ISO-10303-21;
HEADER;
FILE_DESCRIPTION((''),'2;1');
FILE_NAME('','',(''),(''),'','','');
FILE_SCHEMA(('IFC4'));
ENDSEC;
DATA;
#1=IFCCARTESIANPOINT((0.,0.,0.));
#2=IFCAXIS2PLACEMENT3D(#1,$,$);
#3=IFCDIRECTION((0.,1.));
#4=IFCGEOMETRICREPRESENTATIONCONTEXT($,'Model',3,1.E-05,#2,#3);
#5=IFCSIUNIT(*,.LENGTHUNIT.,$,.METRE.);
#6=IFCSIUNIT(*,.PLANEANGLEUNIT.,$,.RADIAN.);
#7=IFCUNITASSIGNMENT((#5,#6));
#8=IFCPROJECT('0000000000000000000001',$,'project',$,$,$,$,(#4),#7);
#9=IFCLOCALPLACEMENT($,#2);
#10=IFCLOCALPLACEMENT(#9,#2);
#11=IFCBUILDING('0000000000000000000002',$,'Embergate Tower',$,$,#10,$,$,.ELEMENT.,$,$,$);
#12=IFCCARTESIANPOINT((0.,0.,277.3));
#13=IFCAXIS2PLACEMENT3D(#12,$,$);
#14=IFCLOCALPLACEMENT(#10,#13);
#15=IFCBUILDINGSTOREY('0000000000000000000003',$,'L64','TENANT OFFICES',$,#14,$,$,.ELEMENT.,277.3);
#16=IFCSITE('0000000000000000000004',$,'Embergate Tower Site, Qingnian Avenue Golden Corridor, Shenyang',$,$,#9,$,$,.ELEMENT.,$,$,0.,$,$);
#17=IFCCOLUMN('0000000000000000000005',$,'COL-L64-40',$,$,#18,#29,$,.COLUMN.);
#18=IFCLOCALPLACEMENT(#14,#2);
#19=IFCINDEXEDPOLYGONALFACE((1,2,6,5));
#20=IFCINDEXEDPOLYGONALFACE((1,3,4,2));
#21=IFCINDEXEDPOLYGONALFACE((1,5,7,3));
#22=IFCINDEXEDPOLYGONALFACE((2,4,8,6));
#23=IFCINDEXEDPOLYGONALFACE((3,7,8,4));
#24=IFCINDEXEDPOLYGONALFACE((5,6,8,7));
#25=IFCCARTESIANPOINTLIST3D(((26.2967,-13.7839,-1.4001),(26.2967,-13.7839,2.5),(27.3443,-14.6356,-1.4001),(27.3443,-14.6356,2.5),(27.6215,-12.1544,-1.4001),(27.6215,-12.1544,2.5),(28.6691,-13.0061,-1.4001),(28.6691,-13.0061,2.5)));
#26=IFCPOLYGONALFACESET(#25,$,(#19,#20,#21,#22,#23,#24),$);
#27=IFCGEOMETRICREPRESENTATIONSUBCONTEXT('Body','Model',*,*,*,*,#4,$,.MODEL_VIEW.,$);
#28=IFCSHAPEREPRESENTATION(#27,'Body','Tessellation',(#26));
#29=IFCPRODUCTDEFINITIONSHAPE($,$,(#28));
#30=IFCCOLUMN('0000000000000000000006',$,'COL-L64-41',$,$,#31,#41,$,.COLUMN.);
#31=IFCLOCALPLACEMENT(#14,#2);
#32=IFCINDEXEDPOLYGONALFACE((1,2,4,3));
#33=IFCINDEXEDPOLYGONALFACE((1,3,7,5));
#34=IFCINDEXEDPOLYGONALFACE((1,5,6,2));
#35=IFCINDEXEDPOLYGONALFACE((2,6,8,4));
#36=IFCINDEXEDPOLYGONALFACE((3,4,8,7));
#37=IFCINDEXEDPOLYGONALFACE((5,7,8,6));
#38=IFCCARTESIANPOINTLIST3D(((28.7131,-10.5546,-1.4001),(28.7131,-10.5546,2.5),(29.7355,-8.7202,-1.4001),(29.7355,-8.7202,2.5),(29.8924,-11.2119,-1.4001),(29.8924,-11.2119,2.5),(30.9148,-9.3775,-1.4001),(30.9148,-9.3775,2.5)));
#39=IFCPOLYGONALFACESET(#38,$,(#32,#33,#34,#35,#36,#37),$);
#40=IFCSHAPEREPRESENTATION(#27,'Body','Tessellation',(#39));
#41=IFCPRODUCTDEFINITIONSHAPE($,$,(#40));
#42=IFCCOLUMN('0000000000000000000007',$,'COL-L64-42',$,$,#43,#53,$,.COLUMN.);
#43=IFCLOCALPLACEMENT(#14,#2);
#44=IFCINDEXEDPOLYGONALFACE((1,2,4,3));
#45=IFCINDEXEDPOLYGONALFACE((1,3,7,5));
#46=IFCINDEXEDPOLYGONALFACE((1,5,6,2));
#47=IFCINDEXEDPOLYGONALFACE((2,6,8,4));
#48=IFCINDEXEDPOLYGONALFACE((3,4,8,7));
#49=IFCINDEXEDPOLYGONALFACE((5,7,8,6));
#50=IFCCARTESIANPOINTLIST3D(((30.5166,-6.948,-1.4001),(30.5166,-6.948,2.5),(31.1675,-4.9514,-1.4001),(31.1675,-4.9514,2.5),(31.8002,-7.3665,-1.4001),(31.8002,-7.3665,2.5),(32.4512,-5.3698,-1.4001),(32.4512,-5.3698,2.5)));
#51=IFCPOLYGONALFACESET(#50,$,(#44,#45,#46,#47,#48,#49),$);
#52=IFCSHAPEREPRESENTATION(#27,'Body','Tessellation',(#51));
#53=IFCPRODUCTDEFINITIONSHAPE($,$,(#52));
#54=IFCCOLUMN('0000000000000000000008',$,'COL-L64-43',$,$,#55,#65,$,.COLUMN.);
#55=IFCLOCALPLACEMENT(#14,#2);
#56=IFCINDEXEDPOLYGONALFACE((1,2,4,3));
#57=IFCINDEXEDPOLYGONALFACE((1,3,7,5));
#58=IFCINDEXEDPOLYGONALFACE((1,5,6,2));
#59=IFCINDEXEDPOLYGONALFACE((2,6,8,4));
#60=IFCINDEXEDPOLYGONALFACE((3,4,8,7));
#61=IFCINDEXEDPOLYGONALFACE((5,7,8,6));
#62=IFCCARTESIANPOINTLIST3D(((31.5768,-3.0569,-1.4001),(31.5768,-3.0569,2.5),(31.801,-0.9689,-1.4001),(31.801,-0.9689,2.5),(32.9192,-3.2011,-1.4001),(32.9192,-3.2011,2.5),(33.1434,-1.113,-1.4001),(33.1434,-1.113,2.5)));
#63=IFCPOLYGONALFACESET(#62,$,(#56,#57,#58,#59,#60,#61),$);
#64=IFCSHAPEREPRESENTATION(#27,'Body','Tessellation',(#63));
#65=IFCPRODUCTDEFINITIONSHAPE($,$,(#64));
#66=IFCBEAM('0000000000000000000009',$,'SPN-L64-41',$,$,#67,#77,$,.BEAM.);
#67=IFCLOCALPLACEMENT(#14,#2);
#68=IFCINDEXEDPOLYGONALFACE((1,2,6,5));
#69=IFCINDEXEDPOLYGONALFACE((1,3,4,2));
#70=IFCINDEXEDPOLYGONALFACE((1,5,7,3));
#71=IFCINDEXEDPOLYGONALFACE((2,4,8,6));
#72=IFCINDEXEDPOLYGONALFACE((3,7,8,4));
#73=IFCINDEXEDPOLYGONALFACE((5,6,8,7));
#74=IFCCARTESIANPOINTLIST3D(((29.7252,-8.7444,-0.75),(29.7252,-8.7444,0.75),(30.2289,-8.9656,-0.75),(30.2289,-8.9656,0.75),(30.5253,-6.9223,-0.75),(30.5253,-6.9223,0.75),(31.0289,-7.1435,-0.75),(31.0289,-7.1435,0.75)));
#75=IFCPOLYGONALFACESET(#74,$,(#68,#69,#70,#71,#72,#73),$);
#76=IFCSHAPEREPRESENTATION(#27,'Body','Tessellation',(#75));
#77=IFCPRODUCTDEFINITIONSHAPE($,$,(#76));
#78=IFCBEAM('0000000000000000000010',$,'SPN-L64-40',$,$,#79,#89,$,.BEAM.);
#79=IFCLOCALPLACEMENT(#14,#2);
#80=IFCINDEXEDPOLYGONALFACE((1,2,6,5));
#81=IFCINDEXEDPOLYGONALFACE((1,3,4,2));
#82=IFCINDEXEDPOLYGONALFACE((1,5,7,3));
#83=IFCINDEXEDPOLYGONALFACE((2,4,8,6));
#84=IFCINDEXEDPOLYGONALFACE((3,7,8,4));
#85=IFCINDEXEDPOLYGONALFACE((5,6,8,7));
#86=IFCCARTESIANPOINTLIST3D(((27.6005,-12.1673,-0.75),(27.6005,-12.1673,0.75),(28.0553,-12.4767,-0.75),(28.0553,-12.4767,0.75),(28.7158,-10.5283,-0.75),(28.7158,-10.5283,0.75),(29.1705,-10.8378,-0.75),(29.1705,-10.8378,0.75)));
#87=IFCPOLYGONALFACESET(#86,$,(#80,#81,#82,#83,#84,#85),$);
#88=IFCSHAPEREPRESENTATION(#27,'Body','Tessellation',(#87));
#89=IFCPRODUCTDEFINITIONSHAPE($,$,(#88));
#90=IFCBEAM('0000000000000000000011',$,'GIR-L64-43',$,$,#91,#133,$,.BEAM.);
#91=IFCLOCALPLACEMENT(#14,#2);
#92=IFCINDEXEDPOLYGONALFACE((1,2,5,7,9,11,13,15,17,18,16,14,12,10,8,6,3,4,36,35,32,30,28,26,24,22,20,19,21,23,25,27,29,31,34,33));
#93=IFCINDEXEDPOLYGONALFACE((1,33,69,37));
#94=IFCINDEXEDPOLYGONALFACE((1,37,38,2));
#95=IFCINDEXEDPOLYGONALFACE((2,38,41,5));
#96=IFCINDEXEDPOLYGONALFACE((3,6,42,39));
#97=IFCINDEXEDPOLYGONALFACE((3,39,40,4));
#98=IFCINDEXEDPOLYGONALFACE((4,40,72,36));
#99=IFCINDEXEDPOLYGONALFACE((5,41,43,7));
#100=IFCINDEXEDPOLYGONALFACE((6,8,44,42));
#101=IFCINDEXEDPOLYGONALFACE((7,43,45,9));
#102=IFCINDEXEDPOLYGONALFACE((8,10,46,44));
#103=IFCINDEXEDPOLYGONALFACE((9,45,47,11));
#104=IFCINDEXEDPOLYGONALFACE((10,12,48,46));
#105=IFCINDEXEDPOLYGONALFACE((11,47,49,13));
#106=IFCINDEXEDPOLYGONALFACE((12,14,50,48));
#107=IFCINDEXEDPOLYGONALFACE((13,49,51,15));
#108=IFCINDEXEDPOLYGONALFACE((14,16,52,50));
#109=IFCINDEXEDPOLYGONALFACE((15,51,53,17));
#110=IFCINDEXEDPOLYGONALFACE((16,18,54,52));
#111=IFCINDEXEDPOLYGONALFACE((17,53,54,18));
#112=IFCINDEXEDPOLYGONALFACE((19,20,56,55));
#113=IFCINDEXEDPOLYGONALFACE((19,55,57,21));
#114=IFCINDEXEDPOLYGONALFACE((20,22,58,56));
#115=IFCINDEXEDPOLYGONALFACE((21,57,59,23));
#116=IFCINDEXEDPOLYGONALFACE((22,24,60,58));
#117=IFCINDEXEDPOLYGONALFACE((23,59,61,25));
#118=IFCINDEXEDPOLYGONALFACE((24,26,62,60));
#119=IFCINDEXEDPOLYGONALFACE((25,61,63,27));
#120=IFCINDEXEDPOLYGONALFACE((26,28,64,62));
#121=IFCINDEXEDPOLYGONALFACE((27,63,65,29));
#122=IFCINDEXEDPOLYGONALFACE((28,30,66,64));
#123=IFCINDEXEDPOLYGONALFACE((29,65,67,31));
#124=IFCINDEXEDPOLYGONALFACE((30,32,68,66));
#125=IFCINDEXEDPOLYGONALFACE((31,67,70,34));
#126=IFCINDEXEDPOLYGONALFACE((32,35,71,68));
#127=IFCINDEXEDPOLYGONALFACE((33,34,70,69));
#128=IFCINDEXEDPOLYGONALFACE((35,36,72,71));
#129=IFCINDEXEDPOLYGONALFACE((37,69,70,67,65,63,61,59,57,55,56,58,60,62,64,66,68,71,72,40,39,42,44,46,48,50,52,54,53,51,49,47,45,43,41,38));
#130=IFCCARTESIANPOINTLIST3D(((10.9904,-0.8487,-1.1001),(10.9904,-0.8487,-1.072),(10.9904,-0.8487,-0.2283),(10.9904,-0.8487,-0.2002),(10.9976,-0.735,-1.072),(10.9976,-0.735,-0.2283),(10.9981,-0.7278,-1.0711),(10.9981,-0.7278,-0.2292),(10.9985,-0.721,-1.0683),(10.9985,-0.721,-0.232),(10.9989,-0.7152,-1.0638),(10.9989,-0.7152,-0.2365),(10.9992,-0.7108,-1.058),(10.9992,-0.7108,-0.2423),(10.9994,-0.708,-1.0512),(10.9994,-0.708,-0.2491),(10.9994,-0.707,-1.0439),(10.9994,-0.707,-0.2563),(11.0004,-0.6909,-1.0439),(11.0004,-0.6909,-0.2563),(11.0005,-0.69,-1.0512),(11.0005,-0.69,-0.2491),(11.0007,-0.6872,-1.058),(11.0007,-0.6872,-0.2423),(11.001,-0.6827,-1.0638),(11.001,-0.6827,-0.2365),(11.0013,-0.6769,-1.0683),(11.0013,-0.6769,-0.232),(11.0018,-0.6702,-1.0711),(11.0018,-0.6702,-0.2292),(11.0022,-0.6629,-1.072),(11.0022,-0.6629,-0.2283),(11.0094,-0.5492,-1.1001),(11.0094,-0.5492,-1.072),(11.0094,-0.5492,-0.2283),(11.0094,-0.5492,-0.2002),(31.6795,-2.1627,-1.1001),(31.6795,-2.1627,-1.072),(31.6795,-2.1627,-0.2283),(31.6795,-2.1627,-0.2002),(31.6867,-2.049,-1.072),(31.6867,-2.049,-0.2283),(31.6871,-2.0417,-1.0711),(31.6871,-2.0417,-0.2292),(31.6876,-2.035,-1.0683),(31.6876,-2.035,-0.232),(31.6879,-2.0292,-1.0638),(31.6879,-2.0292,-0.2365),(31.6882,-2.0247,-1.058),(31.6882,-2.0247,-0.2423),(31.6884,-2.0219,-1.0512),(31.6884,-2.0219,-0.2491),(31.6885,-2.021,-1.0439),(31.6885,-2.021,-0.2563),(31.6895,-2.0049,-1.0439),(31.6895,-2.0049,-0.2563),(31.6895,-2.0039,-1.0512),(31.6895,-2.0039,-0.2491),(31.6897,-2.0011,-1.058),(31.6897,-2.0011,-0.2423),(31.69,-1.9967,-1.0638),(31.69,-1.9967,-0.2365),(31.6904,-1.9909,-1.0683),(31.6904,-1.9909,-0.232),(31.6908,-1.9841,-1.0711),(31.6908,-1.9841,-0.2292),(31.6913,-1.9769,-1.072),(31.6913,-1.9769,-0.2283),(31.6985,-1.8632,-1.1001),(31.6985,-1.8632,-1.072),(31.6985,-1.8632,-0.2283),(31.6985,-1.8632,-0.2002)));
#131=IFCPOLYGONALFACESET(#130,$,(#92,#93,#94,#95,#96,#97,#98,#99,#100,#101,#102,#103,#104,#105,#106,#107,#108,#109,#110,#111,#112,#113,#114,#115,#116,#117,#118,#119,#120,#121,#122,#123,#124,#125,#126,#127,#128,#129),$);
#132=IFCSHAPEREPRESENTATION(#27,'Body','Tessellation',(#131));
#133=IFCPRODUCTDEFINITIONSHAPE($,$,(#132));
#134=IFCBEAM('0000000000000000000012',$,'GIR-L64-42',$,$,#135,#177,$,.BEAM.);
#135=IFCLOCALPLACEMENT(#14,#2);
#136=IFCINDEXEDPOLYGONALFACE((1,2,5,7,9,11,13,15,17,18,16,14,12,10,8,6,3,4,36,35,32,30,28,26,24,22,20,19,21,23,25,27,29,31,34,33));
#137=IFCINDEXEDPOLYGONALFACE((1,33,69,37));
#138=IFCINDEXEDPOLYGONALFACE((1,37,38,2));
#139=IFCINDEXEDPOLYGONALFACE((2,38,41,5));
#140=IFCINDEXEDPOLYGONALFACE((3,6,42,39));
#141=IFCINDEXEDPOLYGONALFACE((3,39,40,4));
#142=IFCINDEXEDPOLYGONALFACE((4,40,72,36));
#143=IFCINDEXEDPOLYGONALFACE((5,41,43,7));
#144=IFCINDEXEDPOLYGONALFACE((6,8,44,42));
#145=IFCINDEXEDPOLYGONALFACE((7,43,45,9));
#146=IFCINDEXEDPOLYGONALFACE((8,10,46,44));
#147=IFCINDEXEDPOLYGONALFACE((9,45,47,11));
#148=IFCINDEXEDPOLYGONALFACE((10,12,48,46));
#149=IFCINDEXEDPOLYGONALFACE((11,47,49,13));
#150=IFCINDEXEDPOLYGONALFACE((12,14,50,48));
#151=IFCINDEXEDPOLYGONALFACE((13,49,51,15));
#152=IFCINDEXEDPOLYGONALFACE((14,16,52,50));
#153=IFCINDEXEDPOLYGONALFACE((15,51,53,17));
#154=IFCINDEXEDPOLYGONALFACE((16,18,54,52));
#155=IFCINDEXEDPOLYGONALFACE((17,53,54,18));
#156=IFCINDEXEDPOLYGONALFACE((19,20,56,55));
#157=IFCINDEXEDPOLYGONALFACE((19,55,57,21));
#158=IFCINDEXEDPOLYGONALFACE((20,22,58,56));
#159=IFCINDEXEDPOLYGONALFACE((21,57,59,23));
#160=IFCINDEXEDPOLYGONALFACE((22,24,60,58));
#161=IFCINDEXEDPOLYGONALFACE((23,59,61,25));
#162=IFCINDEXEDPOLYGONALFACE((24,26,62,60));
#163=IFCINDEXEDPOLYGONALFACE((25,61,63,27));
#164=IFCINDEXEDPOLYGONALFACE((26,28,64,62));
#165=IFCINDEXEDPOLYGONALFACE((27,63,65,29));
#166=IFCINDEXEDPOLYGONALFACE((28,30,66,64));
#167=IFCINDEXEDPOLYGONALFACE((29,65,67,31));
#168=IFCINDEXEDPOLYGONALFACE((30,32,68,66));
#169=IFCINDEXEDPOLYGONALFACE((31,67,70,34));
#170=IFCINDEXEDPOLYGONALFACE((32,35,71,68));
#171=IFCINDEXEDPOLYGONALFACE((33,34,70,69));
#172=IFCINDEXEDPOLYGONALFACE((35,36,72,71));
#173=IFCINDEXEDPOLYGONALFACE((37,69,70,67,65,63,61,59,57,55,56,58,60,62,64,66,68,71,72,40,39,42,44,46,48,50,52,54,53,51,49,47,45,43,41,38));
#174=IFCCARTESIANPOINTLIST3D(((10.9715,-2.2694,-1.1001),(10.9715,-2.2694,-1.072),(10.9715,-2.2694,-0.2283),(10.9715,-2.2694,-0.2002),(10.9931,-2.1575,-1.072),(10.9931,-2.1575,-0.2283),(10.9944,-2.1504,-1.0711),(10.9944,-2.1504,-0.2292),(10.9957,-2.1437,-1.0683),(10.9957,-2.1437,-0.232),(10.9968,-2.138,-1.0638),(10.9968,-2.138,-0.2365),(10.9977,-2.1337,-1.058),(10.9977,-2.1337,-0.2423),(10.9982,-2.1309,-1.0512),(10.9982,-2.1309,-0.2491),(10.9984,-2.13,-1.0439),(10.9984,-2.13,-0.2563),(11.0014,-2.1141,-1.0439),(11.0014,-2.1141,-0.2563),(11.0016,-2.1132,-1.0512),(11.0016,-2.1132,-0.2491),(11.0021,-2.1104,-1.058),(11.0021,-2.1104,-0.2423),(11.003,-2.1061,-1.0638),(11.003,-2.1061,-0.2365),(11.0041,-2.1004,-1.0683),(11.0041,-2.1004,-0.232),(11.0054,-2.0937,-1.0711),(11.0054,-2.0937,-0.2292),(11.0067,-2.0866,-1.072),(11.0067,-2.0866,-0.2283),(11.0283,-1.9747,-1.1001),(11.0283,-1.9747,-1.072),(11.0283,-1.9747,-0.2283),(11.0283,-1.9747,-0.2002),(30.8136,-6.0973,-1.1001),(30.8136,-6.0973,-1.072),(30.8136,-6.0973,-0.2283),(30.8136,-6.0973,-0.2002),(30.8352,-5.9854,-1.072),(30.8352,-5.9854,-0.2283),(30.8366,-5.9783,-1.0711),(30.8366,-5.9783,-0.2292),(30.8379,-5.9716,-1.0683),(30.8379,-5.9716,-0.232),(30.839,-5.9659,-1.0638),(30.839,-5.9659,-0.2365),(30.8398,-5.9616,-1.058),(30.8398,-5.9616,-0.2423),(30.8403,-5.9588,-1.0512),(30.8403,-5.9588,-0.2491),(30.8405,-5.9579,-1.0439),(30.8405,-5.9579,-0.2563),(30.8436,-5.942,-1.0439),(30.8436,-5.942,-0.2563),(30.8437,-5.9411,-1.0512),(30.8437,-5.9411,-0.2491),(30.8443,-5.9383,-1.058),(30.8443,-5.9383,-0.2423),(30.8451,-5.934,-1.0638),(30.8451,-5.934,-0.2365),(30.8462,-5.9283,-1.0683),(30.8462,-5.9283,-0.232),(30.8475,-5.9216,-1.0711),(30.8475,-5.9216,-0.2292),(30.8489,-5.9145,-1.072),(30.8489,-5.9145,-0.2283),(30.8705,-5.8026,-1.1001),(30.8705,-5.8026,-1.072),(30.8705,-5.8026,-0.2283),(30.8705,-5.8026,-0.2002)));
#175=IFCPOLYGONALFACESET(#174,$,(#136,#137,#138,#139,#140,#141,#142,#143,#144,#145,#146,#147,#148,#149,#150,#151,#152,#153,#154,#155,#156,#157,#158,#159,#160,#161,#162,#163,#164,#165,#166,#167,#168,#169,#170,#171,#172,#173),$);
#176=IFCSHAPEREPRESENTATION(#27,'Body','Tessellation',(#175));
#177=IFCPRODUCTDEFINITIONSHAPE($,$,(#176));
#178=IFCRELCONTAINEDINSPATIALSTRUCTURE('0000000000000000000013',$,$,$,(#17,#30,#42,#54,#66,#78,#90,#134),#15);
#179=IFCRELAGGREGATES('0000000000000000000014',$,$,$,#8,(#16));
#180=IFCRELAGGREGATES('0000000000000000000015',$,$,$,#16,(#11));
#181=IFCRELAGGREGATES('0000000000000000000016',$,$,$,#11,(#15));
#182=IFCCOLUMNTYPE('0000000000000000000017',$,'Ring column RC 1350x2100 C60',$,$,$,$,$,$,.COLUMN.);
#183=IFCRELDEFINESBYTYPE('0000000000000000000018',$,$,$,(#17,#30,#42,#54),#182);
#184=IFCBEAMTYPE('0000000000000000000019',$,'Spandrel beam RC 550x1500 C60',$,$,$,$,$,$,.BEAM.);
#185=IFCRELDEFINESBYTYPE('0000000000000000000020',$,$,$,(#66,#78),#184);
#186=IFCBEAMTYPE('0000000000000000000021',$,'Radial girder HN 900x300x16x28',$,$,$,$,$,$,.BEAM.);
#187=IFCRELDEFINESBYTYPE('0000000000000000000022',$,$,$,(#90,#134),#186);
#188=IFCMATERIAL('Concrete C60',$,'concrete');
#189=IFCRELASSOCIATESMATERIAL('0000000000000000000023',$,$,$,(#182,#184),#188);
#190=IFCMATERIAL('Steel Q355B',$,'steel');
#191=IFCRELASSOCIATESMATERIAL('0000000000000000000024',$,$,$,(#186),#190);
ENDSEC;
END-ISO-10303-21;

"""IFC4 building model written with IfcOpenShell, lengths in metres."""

from ifc_helpers import new_model, si_unit, direction, frame, origin, origin_2d, place, context, subcontext, project, spatial, rectangle, i_section, extrude, source, transform, mapped, material, material_profile, profile_set, type_object, element, save


model = new_model("IFC4")

# Units and contexts
model_context = context("Model", 3, precision=1e-05, world=origin(), true_north=direction((0.0, 1.0)))
body_context = subcontext(model_context, "Body", "Model", "MODEL_VIEW")
ifc_project = project(units=[si_unit("LENGTHUNIT", "METRE"), si_unit("PLANEANGLEUNIT", "RADIAN")], contexts=[model_context])

# Site, building, storey
site_placement = place(None, origin())
site = spatial("IfcSite", under=ifc_project, at=site_placement, Name="Embergate Tower Site, Qingnian Avenue Golden Corridor, Shenyang", CompositionType="ELEMENT", RefElevation=0.0)
building_placement = place(site_placement, origin())
building = spatial("IfcBuilding", under=site, at=building_placement, Name="Embergate Tower", CompositionType="ELEMENT")
storey_placement = place(building_placement, frame((0.0, 0.0, 277.3)))
storey = spatial("IfcBuildingStorey", under=building, at=storey_placement, Name="L64", Description="TENANT OFFICES", CompositionType="ELEMENT", Elevation=277.3)

# Columns
ifc_material_1 = material(Name="Concrete C60", Category="concrete")
ifc_material_profile_1 = material_profile(ifc_material_1, rectangle(XDim=1.3501, YDim=2.1001, at=origin_2d()), Name="RC 1350x2100")
ifc_profile_set_1 = profile_set([ifc_material_profile_1], Name="Concrete C60")
column_type = type_object("IfcColumnType", Name="Ring column RC 1350x2100 C60", PredefinedType="COLUMN", material=ifc_profile_set_1)
shared_shape_1 = source(origin(), body_context, "Body", "SweptSolid", [
    extrude(rectangle(XDim=1.3501, YDim=2.1001, at=origin_2d()), origin(), (0.0, 0.0, 1.0), 3.9001),
])
for number, where, z_axis, x_axis, name in (
    (1, (27.4829, -13.395, -1.4001), (0.0, 0.0, 1.0), (0.775914, -0.630838, 0.0), "COL-L64-40"),
    (2, (29.814, -9.9661, -1.4001), (0.0, 0.0, 1.0), (0.873492, -0.486839, 0.0), "COL-L64-41"),
    (3, (31.4839, -6.1589, -1.4001), (0.0, 0.0, 1.0), (0.950754, -0.309946, 0.0), "COL-L64-42"),
    (4, (32.3601, -2.085, -1.4001), (0.0, 0.0, 1.0), (0.994286, -0.10675, 0.0), "COL-L64-43"),
):
    element("IfcColumn", number, at=place(storey_placement, frame(where, z_axis=z_axis, x_axis=x_axis)), inside=storey, type_object=column_type, Name=name, PredefinedType="COLUMN", context=body_context, shape_type="MappedRepresentation", body=[
        mapped(shared_shape_1, transform((0.0, 0.0, 0.0))),
    ])

# Beams
ifc_material_profile_2 = material_profile(ifc_material_1, rectangle(XDim=0.55, YDim=1.5, at=origin_2d()), Name="RC 550x1500")
ifc_profile_set_2 = profile_set([ifc_material_profile_2], Name="Concrete C60")
beam_type_1 = type_object("IfcBeamType", Name="Spandrel beam RC 550x1500 C60", PredefinedType="BEAM", material=ifc_profile_set_2)
shared_shape_2 = source(origin(), body_context, "Body", "SweptSolid", [
    extrude(rectangle(XDim=0.55, YDim=1.5, at=origin_2d()), origin(), (0.0, 0.0, 1.0), 1.99),
])
beam_1_placement = place(storey_placement, frame((29.9771, -8.855, 0.0), z_axis=(0.402048, 0.915619, 0.0), x_axis=(-0.915619, 0.402048, 0.0)))
element("IfcBeam", 5, at=beam_1_placement, inside=storey, type_object=beam_type_1, Name="SPN-L64-41", PredefinedType="BEAM", context=body_context, shape_type="MappedRepresentation", body=[
    mapped(shared_shape_2, transform((0.0, 0.0, 0.0))),
])
shared_shape_3 = source(origin(), body_context, "Body", "SweptSolid", [
    extrude(rectangle(XDim=0.55, YDim=1.5, at=origin_2d()), origin(), (0.0, 0.0, 1.0), 1.9824),
])
beam_2_placement = place(storey_placement, frame((27.8279, -12.322, 0.0), z_axis=(0.562576, 0.826745, 0.0), x_axis=(-0.826745, 0.562576, 0.0)))
element("IfcBeam", 6, at=beam_2_placement, inside=storey, type_object=beam_type_1, Name="SPN-L64-40", PredefinedType="BEAM", context=body_context, shape_type="MappedRepresentation", body=[
    mapped(shared_shape_3, transform((0.0, 0.0, 0.0))),
])
ifc_material_2 = material(Name="Steel Q355B", Category="steel")
ifc_material_profile_3 = material_profile(ifc_material_2, i_section(OverallWidth=0.3, OverallDepth=0.8999, WebThickness=0.0161, FlangeThickness=0.0281, FilletRadius=0.0281, at=origin_2d()), Name="HN 900x300x16x28")
ifc_profile_set_3 = profile_set([ifc_material_profile_3], Name="Steel Q355 grade B")
beam_type_2 = type_object("IfcBeamType", Name="Radial girder HN 900x300x16x28", PredefinedType="BEAM", material=ifc_profile_set_3)
shared_shape_4 = source(origin(), body_context, "Body", "SweptSolid", [
    extrude(i_section(OverallWidth=0.3, OverallDepth=0.8999, WebThickness=0.0161, FlangeThickness=0.0281, FilletRadius=0.0281, at=origin_2d()), origin(), (0.0, 0.0, 1.0), 20.7307),
])
beam_3_placement = place(storey_placement, frame((31.689, -2.0129, -0.6501), z_axis=(-0.997989, 0.063383, 0.0), x_axis=(-0.063383, -0.997989, 0.0)))
element("IfcBeam", 7, at=beam_3_placement, inside=storey, type_object=beam_type_2, Name="GIR-L64-43", PredefinedType="BEAM", context=body_context, shape_type="MappedRepresentation", body=[
    mapped(shared_shape_4, transform((0.0, 0.0, 0.0))),
])
shared_shape_5 = source(origin(), body_context, "Body", "SweptSolid", [
    extrude(i_section(OverallWidth=0.3, OverallDepth=0.8999, WebThickness=0.0161, FlangeThickness=0.0281, FilletRadius=0.0281, at=origin_2d()), origin(), (0.0, 0.0, 1.0), 20.208),
])
beam_4_placement = place(storey_placement, frame((30.842, -5.95, -0.6501), z_axis=(-0.981895, 0.189425, 0.0), x_axis=(-0.189425, -0.981895, 0.0)))
element("IfcBeam", 8, at=beam_4_placement, inside=storey, type_object=beam_type_2, Name="GIR-L64-42", PredefinedType="BEAM", context=body_context, shape_type="MappedRepresentation", body=[
    mapped(shared_shape_5, transform((0.0, 0.0, 0.0))),
])

save(model, "model.ifc")
